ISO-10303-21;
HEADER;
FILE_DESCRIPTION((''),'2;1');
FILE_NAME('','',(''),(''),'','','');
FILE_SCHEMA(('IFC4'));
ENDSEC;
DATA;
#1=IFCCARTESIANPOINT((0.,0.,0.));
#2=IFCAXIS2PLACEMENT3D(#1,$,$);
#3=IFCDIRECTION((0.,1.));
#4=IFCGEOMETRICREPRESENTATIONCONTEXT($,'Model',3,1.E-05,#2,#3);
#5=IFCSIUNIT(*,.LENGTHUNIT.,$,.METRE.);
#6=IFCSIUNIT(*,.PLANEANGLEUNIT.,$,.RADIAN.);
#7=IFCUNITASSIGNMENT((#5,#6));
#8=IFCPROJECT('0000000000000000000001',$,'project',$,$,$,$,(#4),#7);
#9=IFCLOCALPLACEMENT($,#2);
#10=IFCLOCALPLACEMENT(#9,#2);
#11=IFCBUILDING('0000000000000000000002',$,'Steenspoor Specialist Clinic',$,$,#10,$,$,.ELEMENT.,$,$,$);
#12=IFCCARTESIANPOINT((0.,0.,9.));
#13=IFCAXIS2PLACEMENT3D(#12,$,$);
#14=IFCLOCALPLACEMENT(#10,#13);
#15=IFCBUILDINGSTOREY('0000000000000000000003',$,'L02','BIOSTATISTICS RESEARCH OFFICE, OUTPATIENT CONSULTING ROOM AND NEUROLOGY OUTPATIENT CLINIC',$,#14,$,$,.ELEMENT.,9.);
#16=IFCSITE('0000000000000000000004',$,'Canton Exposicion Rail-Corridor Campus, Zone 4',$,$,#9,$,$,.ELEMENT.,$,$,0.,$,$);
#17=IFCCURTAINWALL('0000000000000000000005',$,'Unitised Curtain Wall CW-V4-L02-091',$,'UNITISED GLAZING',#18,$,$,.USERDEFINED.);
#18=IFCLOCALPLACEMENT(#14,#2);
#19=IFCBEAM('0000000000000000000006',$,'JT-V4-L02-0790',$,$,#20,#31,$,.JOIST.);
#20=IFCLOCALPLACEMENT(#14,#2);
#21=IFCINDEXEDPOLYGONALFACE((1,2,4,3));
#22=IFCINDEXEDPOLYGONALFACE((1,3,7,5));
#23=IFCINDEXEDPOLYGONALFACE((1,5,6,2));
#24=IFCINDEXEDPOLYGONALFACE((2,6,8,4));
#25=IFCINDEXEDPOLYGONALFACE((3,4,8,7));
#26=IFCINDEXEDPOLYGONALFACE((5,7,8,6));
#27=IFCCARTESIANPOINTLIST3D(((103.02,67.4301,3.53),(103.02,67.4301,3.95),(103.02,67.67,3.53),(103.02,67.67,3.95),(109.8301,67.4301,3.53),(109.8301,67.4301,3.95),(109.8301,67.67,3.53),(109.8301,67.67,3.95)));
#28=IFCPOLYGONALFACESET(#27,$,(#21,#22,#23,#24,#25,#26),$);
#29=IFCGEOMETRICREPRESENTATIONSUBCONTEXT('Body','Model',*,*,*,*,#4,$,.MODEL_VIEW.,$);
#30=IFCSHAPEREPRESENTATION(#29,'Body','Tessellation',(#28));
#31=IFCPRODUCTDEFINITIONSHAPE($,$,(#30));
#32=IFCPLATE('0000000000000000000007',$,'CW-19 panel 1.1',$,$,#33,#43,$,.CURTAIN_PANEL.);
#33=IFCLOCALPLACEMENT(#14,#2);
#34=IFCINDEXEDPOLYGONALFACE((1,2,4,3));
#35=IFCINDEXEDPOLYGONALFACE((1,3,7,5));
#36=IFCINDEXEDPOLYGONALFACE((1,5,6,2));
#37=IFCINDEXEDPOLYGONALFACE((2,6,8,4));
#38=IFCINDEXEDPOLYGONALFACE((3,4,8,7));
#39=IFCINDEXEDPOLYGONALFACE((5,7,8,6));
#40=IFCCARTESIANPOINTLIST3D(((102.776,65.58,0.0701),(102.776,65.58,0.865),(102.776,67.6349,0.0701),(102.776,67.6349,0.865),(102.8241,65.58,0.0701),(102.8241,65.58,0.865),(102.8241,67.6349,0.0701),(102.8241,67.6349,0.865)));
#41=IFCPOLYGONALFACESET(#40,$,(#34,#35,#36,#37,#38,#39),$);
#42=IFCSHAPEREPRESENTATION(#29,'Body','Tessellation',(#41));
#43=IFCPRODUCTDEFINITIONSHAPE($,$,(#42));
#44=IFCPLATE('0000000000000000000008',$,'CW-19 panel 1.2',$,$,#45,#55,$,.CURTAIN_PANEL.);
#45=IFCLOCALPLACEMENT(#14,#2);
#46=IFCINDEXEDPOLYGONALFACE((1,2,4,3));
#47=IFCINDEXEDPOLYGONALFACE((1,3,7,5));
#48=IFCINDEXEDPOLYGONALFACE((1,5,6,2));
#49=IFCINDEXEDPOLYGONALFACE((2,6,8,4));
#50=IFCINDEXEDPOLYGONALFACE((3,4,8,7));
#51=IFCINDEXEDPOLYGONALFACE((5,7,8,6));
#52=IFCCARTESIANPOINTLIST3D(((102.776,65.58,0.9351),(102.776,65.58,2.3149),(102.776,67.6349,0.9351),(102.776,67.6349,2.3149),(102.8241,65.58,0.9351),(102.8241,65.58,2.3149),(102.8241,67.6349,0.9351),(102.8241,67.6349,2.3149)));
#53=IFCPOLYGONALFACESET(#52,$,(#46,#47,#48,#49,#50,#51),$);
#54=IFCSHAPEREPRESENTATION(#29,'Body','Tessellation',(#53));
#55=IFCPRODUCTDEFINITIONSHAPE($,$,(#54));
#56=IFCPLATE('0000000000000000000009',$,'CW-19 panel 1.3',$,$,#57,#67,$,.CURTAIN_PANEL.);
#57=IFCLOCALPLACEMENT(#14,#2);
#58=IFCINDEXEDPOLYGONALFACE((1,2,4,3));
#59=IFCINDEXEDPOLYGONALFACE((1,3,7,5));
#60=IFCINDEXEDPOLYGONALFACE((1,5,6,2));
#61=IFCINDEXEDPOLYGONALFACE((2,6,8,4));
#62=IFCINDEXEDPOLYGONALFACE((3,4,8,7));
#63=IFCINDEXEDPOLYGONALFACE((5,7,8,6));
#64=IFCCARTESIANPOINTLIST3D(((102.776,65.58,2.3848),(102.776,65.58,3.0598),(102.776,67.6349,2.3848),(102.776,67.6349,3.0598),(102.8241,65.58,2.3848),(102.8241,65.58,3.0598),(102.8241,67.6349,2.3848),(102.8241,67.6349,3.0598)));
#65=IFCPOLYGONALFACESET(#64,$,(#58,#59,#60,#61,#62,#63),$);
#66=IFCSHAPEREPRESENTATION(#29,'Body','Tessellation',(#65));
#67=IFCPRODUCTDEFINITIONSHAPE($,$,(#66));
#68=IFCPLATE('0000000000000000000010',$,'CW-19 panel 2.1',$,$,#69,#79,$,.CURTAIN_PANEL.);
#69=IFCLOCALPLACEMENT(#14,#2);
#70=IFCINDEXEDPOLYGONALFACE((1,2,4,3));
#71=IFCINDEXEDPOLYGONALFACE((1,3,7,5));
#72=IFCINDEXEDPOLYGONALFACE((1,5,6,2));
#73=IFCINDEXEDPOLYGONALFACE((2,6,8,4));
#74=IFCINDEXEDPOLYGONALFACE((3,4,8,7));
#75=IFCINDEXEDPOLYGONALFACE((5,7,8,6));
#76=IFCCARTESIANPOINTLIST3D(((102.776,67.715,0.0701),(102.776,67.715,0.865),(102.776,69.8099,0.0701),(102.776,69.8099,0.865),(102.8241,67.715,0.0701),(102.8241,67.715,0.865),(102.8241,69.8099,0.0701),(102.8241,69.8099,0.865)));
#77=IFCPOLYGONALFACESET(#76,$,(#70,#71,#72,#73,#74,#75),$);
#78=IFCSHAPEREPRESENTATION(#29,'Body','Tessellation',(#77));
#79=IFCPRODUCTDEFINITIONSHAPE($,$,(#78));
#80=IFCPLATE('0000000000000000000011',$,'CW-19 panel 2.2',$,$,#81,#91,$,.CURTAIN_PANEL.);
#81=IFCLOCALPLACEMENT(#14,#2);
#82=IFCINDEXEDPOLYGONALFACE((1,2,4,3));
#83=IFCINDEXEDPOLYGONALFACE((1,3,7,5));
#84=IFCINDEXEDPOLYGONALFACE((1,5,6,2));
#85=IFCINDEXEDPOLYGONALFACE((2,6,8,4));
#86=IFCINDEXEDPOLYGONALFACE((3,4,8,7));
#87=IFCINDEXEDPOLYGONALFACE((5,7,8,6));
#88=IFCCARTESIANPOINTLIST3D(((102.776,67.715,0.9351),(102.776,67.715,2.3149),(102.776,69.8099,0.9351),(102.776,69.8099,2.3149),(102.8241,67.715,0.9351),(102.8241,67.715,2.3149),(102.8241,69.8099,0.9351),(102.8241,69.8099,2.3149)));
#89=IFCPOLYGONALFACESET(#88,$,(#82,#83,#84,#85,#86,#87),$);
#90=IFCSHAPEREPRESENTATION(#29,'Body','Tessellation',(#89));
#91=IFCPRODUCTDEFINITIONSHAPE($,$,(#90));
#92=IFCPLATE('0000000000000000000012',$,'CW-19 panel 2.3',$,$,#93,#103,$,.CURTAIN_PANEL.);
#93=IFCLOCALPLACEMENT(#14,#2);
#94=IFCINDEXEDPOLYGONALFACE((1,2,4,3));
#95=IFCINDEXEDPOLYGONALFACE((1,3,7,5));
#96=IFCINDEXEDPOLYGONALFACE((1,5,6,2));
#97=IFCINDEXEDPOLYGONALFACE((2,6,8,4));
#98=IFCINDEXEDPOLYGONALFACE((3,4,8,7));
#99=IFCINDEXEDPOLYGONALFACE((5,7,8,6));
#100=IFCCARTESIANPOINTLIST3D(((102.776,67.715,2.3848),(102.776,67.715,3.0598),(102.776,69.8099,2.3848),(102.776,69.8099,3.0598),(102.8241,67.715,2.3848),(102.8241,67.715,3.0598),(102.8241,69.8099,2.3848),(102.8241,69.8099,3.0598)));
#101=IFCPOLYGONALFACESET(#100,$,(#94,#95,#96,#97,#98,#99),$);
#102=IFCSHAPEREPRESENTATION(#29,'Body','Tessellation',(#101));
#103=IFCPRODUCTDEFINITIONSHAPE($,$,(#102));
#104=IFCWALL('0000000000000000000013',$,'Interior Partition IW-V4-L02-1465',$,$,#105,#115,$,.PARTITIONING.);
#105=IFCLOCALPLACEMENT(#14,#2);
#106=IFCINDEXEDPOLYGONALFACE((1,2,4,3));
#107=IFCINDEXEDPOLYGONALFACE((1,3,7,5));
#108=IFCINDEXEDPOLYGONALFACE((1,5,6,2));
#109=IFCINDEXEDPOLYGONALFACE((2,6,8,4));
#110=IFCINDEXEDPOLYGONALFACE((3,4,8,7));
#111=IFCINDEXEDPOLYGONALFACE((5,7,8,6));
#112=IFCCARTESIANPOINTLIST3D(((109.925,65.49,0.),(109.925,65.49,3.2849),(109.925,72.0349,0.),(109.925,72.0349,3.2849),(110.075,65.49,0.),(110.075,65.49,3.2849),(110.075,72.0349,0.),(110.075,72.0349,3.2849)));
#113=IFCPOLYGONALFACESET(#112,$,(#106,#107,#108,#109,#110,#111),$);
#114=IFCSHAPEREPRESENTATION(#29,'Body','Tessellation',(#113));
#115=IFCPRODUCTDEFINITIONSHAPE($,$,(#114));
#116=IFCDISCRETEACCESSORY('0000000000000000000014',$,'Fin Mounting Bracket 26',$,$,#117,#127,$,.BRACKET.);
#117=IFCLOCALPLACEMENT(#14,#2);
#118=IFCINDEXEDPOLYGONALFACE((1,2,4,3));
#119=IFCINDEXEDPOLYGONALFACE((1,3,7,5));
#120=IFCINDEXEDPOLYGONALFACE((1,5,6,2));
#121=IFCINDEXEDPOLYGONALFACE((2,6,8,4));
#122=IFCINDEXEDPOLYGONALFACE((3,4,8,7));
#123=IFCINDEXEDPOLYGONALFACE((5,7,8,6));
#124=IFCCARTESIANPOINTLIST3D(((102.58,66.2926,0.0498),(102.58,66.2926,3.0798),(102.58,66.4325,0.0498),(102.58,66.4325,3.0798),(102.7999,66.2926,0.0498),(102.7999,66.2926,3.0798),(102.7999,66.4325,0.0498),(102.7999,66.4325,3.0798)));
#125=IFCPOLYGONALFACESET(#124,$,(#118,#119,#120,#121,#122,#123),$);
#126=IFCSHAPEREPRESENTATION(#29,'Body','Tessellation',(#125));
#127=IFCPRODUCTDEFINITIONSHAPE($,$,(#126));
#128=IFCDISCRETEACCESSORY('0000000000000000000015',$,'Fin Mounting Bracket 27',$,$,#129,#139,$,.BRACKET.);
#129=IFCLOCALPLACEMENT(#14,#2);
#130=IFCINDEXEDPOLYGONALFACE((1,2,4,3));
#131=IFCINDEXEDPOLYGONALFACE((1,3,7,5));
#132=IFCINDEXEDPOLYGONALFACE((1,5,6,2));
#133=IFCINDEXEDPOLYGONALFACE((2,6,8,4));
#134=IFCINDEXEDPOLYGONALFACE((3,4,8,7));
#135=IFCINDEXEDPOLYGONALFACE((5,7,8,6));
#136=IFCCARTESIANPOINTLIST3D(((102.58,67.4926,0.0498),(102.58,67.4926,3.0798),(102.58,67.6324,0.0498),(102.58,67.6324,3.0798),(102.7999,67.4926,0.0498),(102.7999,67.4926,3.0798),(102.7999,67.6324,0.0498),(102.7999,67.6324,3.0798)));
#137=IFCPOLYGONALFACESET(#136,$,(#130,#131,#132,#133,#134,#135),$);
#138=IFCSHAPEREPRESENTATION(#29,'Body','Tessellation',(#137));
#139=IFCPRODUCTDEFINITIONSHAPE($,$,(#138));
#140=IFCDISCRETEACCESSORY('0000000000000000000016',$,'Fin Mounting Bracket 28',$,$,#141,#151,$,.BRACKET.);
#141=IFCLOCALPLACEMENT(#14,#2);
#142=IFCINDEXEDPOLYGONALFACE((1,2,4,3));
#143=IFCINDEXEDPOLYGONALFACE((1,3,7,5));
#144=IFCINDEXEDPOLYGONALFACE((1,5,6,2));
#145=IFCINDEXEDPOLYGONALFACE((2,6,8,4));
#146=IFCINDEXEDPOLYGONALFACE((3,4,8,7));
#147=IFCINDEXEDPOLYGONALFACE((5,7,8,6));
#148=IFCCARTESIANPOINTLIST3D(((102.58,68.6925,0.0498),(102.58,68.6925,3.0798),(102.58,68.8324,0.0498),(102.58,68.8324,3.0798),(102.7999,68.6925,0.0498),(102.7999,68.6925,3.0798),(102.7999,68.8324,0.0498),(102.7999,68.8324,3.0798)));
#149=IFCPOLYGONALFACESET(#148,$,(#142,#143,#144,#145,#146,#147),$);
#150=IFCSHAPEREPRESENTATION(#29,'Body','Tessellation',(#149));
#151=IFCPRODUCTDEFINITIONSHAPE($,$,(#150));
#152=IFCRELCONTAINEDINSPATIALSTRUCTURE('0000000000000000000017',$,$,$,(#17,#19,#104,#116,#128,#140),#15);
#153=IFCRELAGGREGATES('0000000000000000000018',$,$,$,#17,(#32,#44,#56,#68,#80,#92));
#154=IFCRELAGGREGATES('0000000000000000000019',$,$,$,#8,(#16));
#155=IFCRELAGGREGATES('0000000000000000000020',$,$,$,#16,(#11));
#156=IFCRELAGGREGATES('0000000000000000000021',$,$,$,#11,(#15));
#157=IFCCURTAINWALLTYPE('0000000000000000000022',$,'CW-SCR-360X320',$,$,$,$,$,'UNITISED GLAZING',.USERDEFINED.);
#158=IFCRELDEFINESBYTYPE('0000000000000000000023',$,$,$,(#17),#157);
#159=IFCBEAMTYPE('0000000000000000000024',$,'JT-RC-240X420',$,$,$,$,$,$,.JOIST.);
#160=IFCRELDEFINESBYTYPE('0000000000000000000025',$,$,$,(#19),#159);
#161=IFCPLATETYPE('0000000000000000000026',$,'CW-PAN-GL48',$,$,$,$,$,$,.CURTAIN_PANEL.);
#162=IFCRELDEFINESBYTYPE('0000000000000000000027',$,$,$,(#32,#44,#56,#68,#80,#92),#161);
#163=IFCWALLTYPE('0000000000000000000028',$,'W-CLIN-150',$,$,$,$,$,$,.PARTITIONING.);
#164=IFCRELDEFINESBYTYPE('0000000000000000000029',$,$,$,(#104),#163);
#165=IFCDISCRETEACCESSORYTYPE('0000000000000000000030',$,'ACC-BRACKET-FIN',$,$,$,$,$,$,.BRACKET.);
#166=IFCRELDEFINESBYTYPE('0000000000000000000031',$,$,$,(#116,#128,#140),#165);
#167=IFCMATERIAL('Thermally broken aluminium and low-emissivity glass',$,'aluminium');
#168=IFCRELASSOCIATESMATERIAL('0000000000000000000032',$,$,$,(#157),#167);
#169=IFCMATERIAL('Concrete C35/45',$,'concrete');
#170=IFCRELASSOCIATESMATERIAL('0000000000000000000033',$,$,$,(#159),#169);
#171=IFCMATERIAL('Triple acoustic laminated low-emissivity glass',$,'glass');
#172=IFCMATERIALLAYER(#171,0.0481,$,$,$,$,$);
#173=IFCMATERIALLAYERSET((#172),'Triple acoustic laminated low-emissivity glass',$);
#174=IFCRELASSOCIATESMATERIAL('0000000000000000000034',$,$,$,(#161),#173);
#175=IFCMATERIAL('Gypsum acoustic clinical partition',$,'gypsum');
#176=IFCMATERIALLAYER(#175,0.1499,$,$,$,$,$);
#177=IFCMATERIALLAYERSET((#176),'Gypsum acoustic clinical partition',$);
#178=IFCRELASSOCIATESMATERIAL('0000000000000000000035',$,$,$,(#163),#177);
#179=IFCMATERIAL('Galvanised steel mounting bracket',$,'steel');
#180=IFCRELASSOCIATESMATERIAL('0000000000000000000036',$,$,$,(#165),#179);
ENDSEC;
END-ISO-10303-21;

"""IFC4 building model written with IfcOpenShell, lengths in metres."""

from ifc_helpers import new_model, si_unit, direction, frame, frame_2d, origin, origin_2d, place, context, subcontext, project, spatial, rectangle, extrude, material, layer, layer_set, material_profile, profile_set, type_object, element, aggregate, save


model = new_model("IFC4")

# Units and contexts
model_context = context("Model", 3, precision=1e-05, world=origin(), true_north=direction((0.0, 1.0)))
body_context = subcontext(model_context, "Body", "Model", "MODEL_VIEW")
ifc_project = project(units=[si_unit("LENGTHUNIT", "METRE"), si_unit("PLANEANGLEUNIT", "RADIAN")], contexts=[model_context])

# Site, building, storey
site_placement = place(None, origin())
site = spatial("IfcSite", under=ifc_project, at=site_placement, Name="Canton Exposicion Rail-Corridor Campus, Zone 4", CompositionType="ELEMENT", RefElevation=0.0)
building_placement = place(site_placement, origin())
building = spatial("IfcBuilding", under=site, at=building_placement, Name="Steenspoor Specialist Clinic", CompositionType="ELEMENT")
storey_placement = place(building_placement, frame((0.0, 0.0, 9.0)))
storey = spatial("IfcBuildingStorey", under=building, at=storey_placement, Name="L02", Description="BIOSTATISTICS RESEARCH OFFICE, OUTPATIENT CONSULTING ROOM AND NEUROLOGY OUTPATIENT CLINIC", CompositionType="ELEMENT", Elevation=9.0)

# Shared definitions
ifc_material_1 = material(Name="Concrete C35/45", Category="concrete")

# Curtain wall
ifc_material_2 = material(Name="Thermally broken aluminium and low-emissivity glass", Category="aluminium")
curtain_wall_type = type_object("IfcCurtainWallType", Name="CW-SCR-360X320", ElementType="UNITISED GLAZING", PredefinedType="USERDEFINED", material=ifc_material_2)
curtain_wall_placement = place(storey_placement, origin())
curtain_wall = element("IfcCurtainWall", 1, at=curtain_wall_placement, inside=storey, type_object=curtain_wall_type, Name="Unitised Curtain Wall CW-V4-L02-091", ObjectType="UNITISED GLAZING", PredefinedType="USERDEFINED")

# Beam
ifc_material_profile_1 = material_profile(ifc_material_1, rectangle(XDim=0.24, YDim=0.4199, at=origin_2d()), Name="RC-JT-240X420")
ifc_profile_set_1 = profile_set([ifc_material_profile_1], Name="Concrete C35/45")
beam_type_1 = type_object("IfcBeamType", Name="JT-RC-240X420", PredefinedType="JOIST", material=ifc_profile_set_1)
beam_1_placement = place(storey_placement, frame((103.02, 67.55, 3.74), z_axis=(1.0, 0.0, 0.0), x_axis=(0.0, 1.0, 0.0)))
element("IfcBeam", 2, at=beam_1_placement, inside=storey, type_object=beam_type_1, Name="JT-V4-L02-0790", PredefinedType="JOIST", context=body_context, shape_type="SweptSolid", body=[
    extrude(rectangle(XDim=0.24, YDim=0.4199, at=origin_2d()), origin(), (0.0, 0.0, 1.0), 6.8101),
])

# Plates
ifc_material_3 = material(Name="Triple acoustic laminated low-emissivity glass", Category="glass")
ifc_layer_1 = layer(ifc_material_3, 0.0481)
ifc_layer_set_1 = layer_set([ifc_layer_1], Name="Triple acoustic laminated low-emissivity glass")
plate_type = type_object("IfcPlateType", Name="CW-PAN-GL48", PredefinedType="CURTAIN_PANEL", material=ifc_layer_set_1)
plate_1_placement = place(storey_placement, frame((102.8, 66.6074, 0.0701), z_axis=(0.0, 0.0, 1.0), x_axis=(0.0, 1.0, 0.0)))
plate_1 = element("IfcPlate", 3, at=plate_1_placement, type_object=plate_type, Name="CW-19 panel 1.1", PredefinedType="CURTAIN_PANEL", context=body_context, shape_type="SweptSolid", body=[
    extrude(rectangle(XDim=2.0549, YDim=0.0481, at=origin_2d()), origin(), (0.0, 0.0, 1.0), 0.7949),
])
plate_2_placement = place(storey_placement, frame((102.8, 66.6074, 0.9351), z_axis=(0.0, 0.0, 1.0), x_axis=(0.0, 1.0, 0.0)))
plate_2 = element("IfcPlate", 4, at=plate_2_placement, type_object=plate_type, Name="CW-19 panel 1.2", PredefinedType="CURTAIN_PANEL", context=body_context, shape_type="SweptSolid", body=[
    extrude(rectangle(XDim=2.0549, YDim=0.0481, at=origin_2d()), origin(), (0.0, 0.0, 1.0), 1.3799),
])
plate_3_placement = place(storey_placement, frame((102.8, 66.6074, 2.3848), z_axis=(0.0, 0.0, 1.0), x_axis=(0.0, 1.0, 0.0)))
plate_3 = element("IfcPlate", 5, at=plate_3_placement, type_object=plate_type, Name="CW-19 panel 1.3", PredefinedType="CURTAIN_PANEL", context=body_context, shape_type="SweptSolid", body=[
    extrude(rectangle(XDim=2.0549, YDim=0.0481, at=origin_2d()), origin(), (0.0, 0.0, 1.0), 0.675),
])
plate_4_placement = place(storey_placement, frame((102.8, 68.7625, 0.0701), z_axis=(0.0, 0.0, 1.0), x_axis=(0.0, 1.0, 0.0)))
plate_4 = element("IfcPlate", 6, at=plate_4_placement, type_object=plate_type, Name="CW-19 panel 2.1", PredefinedType="CURTAIN_PANEL", context=body_context, shape_type="SweptSolid", body=[
    extrude(rectangle(XDim=2.095, YDim=0.0481, at=origin_2d()), origin(), (0.0, 0.0, 1.0), 0.7949),
])
plate_5_placement = place(storey_placement, frame((102.8, 68.7625, 0.9351), z_axis=(0.0, 0.0, 1.0), x_axis=(0.0, 1.0, 0.0)))
plate_5 = element("IfcPlate", 7, at=plate_5_placement, type_object=plate_type, Name="CW-19 panel 2.2", PredefinedType="CURTAIN_PANEL", context=body_context, shape_type="SweptSolid", body=[
    extrude(rectangle(XDim=2.095, YDim=0.0481, at=origin_2d()), origin(), (0.0, 0.0, 1.0), 1.3799),
])
plate_6_placement = place(storey_placement, frame((102.8, 68.7625, 2.3848), z_axis=(0.0, 0.0, 1.0), x_axis=(0.0, 1.0, 0.0)))
plate_6 = element("IfcPlate", 8, at=plate_6_placement, type_object=plate_type, Name="CW-19 panel 2.3", PredefinedType="CURTAIN_PANEL", context=body_context, shape_type="SweptSolid", body=[
    extrude(rectangle(XDim=2.095, YDim=0.0481, at=origin_2d()), origin(), (0.0, 0.0, 1.0), 0.675),
])
aggregate(curtain_wall, [plate_1, plate_2, plate_3, plate_4, plate_5, plate_6])

# Wall
ifc_material_4 = material(Name="Gypsum acoustic clinical partition", Category="gypsum")
ifc_layer_2 = layer(ifc_material_4, 0.1499)
ifc_layer_set_2 = layer_set([ifc_layer_2], Name="Gypsum acoustic clinical partition")
wall_type = type_object("IfcWallType", Name="W-CLIN-150", PredefinedType="PARTITIONING", material=ifc_layer_set_2)
wall_placement = place(storey_placement, frame((110.0, 65.49, 0.0), z_axis=(0.0, 0.0, 1.0), x_axis=(0.0, 1.0, 0.0)))
element("IfcWall", 9, at=wall_placement, inside=storey, type_object=wall_type, Name="Interior Partition IW-V4-L02-1465", PredefinedType="PARTITIONING", context=body_context, shape_type="SweptSolid", body=[
    extrude(rectangle(XDim=6.5449, YDim=0.1499, at=frame_2d((3.2725, 0.0))), origin(), (0.0, 0.0, 1.0), 3.2849),
])

# Discrete accessories
ifc_material_5 = material(Name="Galvanised steel mounting bracket", Category="steel")
discrete_accessory_type = type_object("IfcDiscreteAccessoryType", Name="ACC-BRACKET-FIN", PredefinedType="BRACKET", material=ifc_material_5)
for number, where, z_axis, x_axis, name in (
    (10, (102.6899, 66.3625, 0.0498), (0.0, 0.0, 1.0), (-1.0, 0.0, 0.0), "Fin Mounting Bracket 26"),
    (11, (102.6899, 67.5625, 0.0498), (0.0, 0.0, 1.0), (-1.0, 0.0, 0.0), "Fin Mounting Bracket 27"),
    (12, (102.6899, 68.7625, 0.0498), (0.0, 0.0, 1.0), (-1.0, 0.0, 0.0), "Fin Mounting Bracket 28"),
):
    element("IfcDiscreteAccessory", number, at=place(storey_placement, frame(where, z_axis=z_axis, x_axis=x_axis)), inside=storey, type_object=discrete_accessory_type, Name=name, PredefinedType="BRACKET", context=body_context, shape_type="SweptSolid", body=[
        extrude(rectangle(XDim=0.22, YDim=0.1399, at=origin_2d()), origin(), (0.0, 0.0, 1.0), 3.03),
    ])

save(model, "model.ifc")
